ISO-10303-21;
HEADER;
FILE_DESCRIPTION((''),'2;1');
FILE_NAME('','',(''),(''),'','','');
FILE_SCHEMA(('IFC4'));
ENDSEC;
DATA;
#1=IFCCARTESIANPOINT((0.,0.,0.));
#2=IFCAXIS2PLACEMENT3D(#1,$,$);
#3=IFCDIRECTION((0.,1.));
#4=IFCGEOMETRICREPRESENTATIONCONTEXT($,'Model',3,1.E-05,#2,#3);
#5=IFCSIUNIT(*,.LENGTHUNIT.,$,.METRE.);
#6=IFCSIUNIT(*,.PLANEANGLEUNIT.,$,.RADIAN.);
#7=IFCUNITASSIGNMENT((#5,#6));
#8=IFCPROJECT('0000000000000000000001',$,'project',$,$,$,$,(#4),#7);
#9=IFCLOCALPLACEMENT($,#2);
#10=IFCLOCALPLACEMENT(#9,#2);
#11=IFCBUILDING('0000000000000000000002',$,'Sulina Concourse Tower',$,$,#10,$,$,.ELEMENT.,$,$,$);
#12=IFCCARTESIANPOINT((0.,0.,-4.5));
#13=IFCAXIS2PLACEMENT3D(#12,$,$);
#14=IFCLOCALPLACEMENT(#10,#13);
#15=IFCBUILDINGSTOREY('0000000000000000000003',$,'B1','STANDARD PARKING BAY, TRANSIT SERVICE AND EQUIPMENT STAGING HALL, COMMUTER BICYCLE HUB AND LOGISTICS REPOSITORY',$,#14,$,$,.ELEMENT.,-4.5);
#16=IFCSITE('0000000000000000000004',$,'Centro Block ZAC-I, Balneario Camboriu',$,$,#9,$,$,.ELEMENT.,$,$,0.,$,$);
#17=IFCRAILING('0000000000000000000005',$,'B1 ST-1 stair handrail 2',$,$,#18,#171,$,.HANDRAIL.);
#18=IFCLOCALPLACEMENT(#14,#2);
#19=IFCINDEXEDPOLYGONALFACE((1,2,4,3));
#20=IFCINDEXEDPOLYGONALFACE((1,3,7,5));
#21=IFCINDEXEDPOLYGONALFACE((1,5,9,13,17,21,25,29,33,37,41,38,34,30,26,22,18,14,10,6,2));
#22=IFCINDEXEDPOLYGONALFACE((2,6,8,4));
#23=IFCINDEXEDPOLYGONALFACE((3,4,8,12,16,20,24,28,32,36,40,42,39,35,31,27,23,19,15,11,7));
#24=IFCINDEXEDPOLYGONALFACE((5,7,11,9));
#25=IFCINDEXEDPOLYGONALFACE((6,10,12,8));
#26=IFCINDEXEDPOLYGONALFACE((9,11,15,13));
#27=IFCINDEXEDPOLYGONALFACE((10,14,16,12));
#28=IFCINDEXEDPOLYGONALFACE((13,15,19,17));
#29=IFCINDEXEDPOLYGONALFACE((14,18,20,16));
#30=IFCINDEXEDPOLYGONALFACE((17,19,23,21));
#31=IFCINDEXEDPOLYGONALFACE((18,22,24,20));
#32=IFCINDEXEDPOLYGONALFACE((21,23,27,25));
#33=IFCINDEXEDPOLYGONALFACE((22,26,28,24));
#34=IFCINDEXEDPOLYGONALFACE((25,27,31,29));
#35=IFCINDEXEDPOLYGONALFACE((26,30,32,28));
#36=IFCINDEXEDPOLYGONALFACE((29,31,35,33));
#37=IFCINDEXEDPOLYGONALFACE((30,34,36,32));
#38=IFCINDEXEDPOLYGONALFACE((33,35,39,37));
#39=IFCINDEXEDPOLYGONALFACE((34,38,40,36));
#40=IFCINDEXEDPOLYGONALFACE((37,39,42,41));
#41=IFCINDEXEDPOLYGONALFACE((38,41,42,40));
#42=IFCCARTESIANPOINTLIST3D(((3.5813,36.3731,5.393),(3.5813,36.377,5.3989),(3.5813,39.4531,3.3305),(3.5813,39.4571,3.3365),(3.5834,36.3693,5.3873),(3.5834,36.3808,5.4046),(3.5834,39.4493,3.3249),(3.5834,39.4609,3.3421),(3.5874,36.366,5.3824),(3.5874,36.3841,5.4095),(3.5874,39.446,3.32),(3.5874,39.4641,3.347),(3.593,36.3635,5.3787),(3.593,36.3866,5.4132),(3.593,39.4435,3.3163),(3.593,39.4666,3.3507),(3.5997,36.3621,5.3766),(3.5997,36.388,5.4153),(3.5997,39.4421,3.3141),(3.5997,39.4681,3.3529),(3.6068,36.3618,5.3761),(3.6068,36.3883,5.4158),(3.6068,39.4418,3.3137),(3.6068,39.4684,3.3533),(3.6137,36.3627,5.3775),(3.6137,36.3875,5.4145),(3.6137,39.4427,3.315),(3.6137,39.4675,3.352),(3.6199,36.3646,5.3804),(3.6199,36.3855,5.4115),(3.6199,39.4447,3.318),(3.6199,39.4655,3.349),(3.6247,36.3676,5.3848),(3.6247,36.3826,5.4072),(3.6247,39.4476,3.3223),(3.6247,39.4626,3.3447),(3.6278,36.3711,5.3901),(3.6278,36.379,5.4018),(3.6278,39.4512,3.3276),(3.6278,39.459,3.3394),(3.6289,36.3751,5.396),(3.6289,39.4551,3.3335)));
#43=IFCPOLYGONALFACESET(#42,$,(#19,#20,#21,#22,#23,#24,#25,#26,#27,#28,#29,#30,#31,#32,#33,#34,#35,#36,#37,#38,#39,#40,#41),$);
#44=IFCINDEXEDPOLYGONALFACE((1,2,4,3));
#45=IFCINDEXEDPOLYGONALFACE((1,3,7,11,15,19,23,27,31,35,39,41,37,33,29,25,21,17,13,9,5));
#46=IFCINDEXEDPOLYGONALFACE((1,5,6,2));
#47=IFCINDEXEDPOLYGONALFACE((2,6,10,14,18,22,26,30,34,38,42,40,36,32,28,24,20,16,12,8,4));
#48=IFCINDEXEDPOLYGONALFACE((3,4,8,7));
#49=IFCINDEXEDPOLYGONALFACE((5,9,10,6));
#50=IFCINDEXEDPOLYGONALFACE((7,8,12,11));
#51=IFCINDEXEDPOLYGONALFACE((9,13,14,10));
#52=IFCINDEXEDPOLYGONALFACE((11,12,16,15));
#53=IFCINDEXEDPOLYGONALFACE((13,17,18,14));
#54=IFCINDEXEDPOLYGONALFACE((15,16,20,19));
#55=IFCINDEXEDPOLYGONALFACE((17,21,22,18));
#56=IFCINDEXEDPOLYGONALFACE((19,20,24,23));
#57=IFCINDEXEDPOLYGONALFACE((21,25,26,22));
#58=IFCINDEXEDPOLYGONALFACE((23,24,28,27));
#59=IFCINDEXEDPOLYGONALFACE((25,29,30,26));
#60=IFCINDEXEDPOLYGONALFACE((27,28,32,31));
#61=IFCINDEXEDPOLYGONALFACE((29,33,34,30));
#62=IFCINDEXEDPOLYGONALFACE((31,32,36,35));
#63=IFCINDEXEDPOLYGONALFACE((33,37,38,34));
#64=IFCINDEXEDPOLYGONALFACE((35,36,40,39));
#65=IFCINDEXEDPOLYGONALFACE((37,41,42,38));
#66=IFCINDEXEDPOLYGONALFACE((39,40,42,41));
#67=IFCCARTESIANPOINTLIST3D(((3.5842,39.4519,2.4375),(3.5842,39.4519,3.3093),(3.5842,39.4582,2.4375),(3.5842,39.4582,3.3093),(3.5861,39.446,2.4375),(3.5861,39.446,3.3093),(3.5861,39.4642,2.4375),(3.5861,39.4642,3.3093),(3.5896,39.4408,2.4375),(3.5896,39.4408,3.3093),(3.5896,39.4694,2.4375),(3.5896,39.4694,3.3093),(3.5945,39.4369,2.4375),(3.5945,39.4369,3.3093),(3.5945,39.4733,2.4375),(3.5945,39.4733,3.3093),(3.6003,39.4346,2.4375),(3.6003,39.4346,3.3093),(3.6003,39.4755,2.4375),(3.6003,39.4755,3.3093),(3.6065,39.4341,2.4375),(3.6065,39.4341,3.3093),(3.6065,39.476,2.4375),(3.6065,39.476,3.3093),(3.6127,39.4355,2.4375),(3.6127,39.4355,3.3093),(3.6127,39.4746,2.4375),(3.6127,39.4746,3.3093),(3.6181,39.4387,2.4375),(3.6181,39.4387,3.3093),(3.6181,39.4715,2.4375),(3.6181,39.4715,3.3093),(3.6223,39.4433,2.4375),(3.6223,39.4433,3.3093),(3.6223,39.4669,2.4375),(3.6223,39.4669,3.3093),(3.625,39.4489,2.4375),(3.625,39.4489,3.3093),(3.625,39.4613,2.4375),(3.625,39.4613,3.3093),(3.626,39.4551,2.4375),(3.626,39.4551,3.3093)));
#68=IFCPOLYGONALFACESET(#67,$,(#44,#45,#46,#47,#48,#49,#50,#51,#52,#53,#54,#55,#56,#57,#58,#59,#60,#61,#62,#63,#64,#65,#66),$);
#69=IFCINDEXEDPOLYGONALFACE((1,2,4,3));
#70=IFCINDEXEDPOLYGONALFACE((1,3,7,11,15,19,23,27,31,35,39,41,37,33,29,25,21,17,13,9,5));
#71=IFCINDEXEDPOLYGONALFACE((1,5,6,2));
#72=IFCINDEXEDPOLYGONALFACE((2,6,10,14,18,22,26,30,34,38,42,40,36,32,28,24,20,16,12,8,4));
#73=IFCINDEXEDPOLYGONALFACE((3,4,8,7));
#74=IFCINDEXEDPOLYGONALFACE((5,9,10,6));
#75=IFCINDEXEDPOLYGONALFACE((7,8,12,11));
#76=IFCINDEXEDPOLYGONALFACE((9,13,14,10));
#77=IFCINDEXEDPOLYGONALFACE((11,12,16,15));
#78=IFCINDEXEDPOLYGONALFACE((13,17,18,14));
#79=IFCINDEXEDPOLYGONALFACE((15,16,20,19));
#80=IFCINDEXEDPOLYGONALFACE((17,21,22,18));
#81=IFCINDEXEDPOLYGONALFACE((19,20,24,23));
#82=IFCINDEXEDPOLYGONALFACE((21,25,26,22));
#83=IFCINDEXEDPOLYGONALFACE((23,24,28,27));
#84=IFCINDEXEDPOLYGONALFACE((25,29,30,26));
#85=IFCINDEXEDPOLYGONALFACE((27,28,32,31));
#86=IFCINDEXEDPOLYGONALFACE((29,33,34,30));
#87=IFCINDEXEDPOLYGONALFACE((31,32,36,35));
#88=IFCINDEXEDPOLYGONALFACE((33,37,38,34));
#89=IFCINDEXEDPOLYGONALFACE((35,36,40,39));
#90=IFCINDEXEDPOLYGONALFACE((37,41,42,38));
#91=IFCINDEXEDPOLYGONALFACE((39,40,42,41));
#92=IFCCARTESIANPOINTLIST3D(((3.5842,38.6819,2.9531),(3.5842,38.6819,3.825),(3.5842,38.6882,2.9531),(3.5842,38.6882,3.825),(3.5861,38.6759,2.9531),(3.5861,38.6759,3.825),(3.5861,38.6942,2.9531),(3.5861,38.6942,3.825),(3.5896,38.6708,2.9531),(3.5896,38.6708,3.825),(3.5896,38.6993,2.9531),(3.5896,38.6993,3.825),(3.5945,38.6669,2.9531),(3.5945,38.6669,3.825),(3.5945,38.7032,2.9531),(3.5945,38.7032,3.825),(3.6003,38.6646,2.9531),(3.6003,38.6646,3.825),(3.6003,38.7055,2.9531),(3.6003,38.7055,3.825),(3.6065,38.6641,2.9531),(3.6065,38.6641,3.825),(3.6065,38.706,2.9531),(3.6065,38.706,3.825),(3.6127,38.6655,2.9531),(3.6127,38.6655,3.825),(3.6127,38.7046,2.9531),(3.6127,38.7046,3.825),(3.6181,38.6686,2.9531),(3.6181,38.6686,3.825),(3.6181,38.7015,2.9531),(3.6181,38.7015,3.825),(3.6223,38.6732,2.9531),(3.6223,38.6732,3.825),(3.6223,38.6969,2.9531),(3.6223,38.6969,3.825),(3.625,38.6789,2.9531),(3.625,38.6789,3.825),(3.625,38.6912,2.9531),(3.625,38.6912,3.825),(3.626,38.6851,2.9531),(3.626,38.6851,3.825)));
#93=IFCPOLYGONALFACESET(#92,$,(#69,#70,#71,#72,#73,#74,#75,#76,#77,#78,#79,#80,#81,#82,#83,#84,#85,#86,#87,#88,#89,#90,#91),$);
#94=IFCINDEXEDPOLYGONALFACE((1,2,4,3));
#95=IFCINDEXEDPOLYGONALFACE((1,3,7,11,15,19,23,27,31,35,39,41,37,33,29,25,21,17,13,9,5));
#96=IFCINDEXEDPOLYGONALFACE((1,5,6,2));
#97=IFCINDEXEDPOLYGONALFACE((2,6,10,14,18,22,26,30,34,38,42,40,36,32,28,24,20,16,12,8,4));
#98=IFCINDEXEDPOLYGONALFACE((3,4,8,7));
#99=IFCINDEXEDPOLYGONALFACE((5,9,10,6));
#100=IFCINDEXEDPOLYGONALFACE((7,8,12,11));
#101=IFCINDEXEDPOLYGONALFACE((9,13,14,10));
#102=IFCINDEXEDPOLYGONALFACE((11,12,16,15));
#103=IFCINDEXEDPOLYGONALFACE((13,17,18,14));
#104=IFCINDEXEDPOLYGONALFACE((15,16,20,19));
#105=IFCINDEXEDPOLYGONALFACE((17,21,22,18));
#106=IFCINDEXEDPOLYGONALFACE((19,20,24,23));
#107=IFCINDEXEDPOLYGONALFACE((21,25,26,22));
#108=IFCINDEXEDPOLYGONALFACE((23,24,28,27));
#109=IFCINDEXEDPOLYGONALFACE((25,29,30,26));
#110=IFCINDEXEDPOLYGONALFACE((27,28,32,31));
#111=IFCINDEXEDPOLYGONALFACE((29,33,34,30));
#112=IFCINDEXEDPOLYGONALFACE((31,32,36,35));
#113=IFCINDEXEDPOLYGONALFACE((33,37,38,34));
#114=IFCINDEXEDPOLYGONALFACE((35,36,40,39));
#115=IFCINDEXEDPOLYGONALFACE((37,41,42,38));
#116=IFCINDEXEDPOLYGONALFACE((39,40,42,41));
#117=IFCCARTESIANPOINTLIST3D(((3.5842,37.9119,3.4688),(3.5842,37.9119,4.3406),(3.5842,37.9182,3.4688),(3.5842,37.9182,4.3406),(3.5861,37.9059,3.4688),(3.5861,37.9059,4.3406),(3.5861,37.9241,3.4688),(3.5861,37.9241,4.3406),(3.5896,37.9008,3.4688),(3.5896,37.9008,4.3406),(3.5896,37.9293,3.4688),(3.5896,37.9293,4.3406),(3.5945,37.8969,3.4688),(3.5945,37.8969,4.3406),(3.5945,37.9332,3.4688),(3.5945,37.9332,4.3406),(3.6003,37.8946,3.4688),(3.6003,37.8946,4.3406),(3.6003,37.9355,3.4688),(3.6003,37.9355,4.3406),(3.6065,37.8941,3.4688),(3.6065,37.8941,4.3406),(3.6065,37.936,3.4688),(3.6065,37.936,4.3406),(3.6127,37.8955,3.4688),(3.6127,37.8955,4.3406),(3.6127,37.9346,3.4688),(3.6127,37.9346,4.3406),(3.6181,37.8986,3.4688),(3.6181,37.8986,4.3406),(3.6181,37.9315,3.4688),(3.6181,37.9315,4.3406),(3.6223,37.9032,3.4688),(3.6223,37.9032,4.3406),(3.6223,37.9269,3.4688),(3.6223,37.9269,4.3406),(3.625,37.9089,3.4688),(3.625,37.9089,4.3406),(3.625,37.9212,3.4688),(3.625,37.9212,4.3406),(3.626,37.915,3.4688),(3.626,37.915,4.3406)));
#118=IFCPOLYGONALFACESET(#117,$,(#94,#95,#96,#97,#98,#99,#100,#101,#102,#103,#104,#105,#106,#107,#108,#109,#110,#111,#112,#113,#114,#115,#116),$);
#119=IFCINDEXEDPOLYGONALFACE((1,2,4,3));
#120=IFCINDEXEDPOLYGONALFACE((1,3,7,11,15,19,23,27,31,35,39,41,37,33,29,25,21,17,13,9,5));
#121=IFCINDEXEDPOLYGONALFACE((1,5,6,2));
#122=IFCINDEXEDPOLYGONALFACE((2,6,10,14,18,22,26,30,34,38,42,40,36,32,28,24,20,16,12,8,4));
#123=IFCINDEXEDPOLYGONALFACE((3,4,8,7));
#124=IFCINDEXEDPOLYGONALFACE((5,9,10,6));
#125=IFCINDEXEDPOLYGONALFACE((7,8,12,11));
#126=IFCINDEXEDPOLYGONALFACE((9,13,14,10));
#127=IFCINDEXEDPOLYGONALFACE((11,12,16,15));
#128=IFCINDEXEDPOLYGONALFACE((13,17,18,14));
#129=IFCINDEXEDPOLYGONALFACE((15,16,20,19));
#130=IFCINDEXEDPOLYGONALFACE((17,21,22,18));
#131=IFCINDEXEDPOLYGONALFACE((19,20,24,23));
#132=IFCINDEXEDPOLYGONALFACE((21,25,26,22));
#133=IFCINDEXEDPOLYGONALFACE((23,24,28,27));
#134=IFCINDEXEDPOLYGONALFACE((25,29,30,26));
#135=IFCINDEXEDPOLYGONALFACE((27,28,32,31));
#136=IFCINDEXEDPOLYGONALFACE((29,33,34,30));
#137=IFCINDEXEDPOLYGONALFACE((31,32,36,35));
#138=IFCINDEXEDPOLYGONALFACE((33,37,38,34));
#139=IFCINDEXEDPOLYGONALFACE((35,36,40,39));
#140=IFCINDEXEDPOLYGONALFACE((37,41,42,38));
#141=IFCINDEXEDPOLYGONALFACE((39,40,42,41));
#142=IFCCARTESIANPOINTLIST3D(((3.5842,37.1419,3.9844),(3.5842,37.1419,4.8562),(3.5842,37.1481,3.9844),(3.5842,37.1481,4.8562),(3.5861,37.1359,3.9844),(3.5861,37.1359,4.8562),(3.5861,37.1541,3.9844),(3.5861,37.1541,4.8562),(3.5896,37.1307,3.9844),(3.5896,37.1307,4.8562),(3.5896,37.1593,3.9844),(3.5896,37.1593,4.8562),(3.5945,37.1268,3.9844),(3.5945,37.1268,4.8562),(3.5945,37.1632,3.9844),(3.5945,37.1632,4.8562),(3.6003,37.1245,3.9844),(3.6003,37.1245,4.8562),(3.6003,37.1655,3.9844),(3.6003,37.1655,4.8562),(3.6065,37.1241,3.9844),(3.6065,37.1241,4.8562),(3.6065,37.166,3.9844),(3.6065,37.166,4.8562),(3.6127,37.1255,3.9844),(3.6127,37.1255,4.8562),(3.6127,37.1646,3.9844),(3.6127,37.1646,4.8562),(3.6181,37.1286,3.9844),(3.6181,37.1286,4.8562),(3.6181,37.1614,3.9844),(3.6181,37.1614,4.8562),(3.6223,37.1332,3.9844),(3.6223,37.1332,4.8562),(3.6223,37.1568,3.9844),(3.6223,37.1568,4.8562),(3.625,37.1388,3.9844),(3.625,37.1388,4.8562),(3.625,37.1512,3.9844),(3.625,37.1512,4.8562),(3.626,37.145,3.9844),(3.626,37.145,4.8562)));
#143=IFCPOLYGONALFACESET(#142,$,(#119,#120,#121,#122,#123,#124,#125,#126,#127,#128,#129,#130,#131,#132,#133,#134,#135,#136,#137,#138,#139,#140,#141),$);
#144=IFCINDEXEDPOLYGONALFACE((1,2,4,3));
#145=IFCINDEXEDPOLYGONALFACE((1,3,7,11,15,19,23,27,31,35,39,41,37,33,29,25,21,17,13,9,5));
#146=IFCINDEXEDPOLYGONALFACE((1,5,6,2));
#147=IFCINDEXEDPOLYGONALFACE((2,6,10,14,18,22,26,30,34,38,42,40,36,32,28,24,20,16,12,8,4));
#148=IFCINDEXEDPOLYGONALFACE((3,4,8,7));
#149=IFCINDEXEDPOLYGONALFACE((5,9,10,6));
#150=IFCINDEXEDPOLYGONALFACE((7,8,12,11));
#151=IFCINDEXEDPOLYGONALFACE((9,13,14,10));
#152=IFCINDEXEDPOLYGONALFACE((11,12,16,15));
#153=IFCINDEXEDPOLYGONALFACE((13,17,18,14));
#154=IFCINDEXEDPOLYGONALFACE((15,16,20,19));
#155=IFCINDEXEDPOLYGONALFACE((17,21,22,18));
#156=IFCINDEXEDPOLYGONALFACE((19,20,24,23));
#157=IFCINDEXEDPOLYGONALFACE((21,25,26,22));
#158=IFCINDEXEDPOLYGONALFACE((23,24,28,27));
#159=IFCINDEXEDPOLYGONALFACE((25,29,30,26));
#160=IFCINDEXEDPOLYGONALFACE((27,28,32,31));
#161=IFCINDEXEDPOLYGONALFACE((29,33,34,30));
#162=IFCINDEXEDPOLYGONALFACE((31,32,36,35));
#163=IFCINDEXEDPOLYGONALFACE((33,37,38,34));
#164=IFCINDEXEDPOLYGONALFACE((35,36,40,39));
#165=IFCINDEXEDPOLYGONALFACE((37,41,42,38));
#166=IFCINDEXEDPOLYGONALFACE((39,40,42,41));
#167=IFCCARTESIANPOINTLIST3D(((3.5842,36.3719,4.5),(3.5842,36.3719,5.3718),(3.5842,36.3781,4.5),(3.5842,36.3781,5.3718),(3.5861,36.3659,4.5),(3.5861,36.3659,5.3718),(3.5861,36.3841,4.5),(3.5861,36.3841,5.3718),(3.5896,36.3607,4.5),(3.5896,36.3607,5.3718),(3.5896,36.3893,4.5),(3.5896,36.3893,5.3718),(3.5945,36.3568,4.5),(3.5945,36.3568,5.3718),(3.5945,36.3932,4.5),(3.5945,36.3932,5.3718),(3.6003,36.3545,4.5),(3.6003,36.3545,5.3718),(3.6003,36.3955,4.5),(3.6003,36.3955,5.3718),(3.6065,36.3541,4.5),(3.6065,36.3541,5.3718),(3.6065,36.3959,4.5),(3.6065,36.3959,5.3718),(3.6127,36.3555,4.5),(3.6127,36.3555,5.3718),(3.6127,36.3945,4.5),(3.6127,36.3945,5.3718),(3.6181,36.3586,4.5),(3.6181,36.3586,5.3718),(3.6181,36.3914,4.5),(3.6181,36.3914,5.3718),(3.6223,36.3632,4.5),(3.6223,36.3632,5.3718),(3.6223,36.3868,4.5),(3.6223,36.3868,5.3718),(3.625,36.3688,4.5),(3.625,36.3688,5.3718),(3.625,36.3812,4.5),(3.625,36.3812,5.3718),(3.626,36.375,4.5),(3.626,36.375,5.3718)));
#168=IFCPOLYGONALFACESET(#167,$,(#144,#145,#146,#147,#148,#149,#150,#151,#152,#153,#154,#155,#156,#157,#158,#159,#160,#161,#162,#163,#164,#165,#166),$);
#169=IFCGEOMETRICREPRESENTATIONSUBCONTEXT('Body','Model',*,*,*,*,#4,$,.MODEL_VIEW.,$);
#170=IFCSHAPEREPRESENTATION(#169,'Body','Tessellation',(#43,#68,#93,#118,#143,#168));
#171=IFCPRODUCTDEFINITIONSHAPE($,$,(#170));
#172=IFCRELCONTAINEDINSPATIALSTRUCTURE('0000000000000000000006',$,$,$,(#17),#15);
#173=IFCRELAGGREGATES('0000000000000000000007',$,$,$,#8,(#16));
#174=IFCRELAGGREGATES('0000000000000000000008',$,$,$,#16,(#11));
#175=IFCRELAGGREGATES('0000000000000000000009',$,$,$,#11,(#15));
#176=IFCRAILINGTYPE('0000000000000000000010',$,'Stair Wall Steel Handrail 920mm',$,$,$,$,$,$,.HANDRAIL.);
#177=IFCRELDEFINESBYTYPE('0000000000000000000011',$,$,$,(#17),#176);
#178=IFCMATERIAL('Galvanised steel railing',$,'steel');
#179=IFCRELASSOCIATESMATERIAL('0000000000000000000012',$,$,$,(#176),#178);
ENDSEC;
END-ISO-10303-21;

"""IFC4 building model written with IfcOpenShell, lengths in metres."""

from ifc_helpers import new_model, si_unit, direction, frame, origin, origin_2d, place, context, subcontext, project, spatial, circle, extrude, material, type_object, element, save


model = new_model("IFC4")

# Units and contexts
model_context = context("Model", 3, precision=1e-05, world=origin(), true_north=direction((0.0, 1.0)))
body_context = subcontext(model_context, "Body", "Model", "MODEL_VIEW")
ifc_project = project(units=[si_unit("LENGTHUNIT", "METRE"), si_unit("PLANEANGLEUNIT", "RADIAN")], contexts=[model_context])

# Site, building, storey
site_placement = place(None, origin())
site = spatial("IfcSite", under=ifc_project, at=site_placement, Name="Centro Block ZAC-I, Balneario Camboriu", CompositionType="ELEMENT", RefElevation=0.0)
building_placement = place(site_placement, origin())
building = spatial("IfcBuilding", under=site, at=building_placement, Name="Sulina Concourse Tower", CompositionType="ELEMENT")
storey_placement = place(building_placement, frame((0.0, 0.0, -4.5)))
storey = spatial("IfcBuildingStorey", under=building, at=storey_placement, Name="B1", Description="STANDARD PARKING BAY, TRANSIT SERVICE AND EQUIPMENT STAGING HALL, COMMUTER BICYCLE HUB AND LOGISTICS REPOSITORY", CompositionType="ELEMENT", Elevation=-4.5)

# Railing
ifc_material_1 = material(Name="Galvanised steel railing", Category="steel")
railing_type_1 = type_object("IfcRailingType", Name="Stair Wall Steel Handrail 920mm", PredefinedType="HANDRAIL", material=ifc_material_1)
railing_1_placement = place(storey_placement, frame((3.605, 39.4551, 2.4375)))
element("IfcRailing", 1, at=railing_1_placement, inside=storey, type_object=railing_type_1, Name="B1 ST-1 stair handrail 2", PredefinedType="HANDRAIL", context=body_context, shape_type="SweptSolid", body=[
    extrude(circle(Radius=0.0239, at=origin_2d()), frame((0.0, 0.0, 0.896), z_axis=(0.0, -0.830914, 0.556401), x_axis=(1.0, 0.0, 0.0)), (0.0, 0.0, 1.0), 3.7068),
    extrude(circle(Radius=0.021, at=origin_2d()), origin(), (0.0, 0.0, 1.0), 0.8718),
    extrude(circle(Radius=0.021, at=origin_2d()), frame((0.0, -0.77, 0.5156)), (0.0, 0.0, 1.0), 0.8718),
    extrude(circle(Radius=0.021, at=origin_2d()), frame((0.0, -1.54, 1.0312)), (0.0, 0.0, 1.0), 0.8718),
    extrude(circle(Radius=0.021, at=origin_2d()), frame((0.0, -2.3101, 1.5469)), (0.0, 0.0, 1.0), 0.8718),
    extrude(circle(Radius=0.021, at=origin_2d()), frame((0.0, -3.0801, 2.0625)), (0.0, 0.0, 1.0), 0.8718),
])

save(model, "model.ifc")
